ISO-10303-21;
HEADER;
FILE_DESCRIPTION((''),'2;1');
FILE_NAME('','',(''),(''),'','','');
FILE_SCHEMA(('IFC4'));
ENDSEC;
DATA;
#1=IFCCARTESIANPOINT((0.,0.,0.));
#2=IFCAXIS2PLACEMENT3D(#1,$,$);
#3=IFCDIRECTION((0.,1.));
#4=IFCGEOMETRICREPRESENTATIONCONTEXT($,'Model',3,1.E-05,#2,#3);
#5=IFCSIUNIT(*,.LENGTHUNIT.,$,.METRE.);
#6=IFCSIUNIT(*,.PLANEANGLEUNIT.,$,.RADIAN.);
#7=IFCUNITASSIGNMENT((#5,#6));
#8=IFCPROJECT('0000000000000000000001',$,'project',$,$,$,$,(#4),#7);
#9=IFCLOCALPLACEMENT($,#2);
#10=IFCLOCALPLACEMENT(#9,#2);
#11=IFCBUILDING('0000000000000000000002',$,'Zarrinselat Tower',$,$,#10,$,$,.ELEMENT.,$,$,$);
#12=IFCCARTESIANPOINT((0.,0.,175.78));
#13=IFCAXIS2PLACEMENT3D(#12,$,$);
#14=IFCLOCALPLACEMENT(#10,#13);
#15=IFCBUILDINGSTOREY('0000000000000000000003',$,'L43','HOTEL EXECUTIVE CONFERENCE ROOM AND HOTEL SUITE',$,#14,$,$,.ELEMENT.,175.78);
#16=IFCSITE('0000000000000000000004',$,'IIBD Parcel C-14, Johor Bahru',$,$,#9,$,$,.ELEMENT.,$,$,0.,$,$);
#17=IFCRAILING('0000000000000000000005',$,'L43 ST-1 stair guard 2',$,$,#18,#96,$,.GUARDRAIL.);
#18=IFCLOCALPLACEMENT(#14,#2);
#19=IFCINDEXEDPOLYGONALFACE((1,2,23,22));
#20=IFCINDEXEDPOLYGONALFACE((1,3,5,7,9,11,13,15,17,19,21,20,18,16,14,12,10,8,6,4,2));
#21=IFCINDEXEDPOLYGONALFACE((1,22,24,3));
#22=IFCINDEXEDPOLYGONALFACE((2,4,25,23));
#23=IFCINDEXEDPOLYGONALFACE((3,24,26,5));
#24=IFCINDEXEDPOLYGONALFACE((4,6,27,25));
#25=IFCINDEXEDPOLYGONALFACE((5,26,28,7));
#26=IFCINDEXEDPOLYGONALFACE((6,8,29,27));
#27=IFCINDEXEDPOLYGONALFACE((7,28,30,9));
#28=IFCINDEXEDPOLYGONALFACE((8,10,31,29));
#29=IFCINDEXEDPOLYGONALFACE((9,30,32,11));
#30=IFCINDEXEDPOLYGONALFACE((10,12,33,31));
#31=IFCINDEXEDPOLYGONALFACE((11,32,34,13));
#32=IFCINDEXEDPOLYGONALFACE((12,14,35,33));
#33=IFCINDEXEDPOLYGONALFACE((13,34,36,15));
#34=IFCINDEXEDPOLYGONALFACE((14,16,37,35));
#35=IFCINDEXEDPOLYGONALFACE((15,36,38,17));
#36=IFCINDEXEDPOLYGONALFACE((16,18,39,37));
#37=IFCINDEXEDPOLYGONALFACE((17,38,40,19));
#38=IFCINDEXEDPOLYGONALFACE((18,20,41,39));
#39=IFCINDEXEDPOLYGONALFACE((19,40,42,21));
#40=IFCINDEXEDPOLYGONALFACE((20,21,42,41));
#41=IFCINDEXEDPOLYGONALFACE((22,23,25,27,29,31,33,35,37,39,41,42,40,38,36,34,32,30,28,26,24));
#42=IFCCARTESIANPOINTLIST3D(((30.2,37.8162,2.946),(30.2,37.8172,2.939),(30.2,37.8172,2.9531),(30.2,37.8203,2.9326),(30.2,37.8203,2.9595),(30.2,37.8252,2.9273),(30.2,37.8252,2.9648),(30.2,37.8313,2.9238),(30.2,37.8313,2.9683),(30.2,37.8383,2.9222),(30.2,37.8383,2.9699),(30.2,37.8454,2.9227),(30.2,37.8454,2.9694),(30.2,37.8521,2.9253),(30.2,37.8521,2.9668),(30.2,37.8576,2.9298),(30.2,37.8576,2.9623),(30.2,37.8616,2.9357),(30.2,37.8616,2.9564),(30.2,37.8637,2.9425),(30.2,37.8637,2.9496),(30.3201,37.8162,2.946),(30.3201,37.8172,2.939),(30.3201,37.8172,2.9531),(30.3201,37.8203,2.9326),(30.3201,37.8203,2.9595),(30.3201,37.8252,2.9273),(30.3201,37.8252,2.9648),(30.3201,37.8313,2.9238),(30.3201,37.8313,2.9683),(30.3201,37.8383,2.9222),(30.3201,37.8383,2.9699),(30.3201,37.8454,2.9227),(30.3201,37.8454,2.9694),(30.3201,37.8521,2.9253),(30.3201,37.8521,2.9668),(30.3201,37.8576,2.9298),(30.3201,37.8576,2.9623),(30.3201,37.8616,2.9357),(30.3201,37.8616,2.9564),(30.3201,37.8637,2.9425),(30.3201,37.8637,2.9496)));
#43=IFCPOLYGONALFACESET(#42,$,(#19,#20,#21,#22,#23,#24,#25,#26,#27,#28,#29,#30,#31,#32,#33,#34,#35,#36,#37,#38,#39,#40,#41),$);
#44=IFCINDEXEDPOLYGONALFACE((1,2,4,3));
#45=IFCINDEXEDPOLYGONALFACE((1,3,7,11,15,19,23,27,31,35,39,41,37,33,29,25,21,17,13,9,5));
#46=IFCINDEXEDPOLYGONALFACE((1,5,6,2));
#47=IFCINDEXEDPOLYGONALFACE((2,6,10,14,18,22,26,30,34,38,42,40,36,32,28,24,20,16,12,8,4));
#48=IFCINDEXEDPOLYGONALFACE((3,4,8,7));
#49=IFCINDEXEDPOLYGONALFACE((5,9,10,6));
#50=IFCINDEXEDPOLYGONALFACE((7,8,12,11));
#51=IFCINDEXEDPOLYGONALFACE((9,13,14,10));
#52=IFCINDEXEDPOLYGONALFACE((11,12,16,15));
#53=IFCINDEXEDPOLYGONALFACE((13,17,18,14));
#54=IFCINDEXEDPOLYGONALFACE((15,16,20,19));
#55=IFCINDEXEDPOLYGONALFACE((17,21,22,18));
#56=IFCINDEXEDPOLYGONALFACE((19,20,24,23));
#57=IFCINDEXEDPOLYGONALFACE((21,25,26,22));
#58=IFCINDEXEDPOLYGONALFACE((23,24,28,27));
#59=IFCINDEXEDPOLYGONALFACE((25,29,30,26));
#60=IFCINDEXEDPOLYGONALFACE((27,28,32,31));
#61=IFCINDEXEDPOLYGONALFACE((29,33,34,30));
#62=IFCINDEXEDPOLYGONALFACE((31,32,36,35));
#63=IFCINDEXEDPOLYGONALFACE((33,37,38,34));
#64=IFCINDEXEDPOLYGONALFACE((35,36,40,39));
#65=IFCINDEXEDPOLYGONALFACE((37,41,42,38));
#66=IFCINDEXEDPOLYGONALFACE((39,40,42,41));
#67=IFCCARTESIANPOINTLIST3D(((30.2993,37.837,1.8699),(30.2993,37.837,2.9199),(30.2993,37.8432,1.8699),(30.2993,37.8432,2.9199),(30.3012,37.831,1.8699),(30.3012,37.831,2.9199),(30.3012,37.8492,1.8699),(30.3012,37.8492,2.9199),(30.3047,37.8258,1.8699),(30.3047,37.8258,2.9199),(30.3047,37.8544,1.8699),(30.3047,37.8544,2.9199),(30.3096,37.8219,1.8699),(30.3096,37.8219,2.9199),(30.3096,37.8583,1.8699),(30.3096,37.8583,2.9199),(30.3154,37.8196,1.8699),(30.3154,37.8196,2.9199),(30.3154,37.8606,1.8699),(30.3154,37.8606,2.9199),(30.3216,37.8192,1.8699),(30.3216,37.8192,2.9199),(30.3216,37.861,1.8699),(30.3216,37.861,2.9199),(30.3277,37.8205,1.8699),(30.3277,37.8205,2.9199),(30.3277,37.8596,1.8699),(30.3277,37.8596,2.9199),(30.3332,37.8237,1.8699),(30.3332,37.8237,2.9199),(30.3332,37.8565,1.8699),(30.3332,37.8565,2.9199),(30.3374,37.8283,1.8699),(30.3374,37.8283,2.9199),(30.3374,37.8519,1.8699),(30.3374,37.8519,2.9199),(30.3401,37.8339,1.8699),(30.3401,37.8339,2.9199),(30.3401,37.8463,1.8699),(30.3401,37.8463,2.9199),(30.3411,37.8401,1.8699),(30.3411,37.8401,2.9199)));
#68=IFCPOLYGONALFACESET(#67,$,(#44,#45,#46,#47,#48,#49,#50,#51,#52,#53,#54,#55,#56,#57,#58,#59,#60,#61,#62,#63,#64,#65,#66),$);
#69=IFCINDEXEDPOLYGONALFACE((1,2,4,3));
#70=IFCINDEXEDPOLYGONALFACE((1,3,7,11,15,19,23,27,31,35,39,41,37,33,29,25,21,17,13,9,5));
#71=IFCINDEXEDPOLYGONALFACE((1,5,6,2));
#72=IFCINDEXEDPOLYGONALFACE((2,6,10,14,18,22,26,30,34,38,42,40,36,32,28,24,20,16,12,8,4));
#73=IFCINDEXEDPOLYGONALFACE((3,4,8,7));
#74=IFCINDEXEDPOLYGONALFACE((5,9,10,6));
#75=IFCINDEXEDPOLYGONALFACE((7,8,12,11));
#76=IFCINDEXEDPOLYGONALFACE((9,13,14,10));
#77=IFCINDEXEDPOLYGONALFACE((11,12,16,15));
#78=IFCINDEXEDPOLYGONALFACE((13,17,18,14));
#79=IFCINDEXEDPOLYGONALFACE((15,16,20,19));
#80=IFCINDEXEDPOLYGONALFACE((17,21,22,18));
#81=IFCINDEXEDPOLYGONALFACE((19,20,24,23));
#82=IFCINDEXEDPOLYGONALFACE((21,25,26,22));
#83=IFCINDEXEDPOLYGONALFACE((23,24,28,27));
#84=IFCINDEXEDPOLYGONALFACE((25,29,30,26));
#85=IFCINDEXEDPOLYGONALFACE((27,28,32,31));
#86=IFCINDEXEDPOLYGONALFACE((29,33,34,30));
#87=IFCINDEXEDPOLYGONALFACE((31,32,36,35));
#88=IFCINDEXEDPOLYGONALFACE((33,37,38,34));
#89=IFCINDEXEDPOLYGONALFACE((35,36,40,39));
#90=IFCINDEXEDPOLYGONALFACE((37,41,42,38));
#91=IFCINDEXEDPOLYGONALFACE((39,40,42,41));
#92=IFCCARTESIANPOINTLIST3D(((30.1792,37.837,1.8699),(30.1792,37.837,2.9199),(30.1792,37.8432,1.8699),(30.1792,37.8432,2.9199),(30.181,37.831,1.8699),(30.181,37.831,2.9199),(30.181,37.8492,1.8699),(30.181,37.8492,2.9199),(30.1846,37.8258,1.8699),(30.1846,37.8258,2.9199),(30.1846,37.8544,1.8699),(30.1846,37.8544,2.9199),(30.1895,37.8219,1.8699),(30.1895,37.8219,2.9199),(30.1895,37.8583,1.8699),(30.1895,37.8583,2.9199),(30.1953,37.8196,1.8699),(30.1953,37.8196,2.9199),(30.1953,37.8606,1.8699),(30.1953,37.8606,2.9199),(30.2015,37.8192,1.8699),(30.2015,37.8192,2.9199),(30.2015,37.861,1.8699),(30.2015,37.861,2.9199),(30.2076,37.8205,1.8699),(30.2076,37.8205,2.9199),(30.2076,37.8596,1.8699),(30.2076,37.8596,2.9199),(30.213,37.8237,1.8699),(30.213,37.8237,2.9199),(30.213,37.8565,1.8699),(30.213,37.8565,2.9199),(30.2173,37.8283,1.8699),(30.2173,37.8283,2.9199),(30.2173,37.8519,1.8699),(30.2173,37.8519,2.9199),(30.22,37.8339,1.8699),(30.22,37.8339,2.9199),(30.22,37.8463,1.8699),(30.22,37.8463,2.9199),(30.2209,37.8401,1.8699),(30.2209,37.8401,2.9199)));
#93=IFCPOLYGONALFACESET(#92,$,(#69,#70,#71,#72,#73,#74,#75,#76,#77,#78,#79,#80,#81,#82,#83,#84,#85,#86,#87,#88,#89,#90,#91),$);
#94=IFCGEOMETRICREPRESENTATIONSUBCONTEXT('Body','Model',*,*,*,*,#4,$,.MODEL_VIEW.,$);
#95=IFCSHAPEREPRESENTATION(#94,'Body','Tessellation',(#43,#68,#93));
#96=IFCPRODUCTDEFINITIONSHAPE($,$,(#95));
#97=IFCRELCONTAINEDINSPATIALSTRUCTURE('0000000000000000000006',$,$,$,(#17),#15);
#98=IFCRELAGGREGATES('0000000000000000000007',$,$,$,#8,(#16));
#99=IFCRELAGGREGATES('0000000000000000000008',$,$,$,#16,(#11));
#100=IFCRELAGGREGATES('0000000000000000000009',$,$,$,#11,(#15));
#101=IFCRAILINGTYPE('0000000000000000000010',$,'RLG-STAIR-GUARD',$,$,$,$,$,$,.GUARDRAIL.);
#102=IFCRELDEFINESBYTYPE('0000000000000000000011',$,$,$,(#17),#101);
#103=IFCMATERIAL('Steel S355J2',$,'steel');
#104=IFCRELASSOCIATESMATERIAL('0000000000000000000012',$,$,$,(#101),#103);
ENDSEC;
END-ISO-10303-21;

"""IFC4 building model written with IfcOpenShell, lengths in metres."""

from ifc_helpers import new_model, si_unit, direction, frame, origin, origin_2d, place, context, subcontext, project, spatial, circle, extrude, material, type_object, element, save


model = new_model("IFC4")

# Units and contexts
model_context = context("Model", 3, precision=1e-05, world=origin(), true_north=direction((0.0, 1.0)))
body_context = subcontext(model_context, "Body", "Model", "MODEL_VIEW")
ifc_project = project(units=[si_unit("LENGTHUNIT", "METRE"), si_unit("PLANEANGLEUNIT", "RADIAN")], contexts=[model_context])

# Site, building, storey
site_placement = place(None, origin())
site = spatial("IfcSite", under=ifc_project, at=site_placement, Name="IIBD Parcel C-14, Johor Bahru", CompositionType="ELEMENT", RefElevation=0.0)
building_placement = place(site_placement, origin())
building = spatial("IfcBuilding", under=site, at=building_placement, Name="Zarrinselat Tower", CompositionType="ELEMENT")
storey_placement = place(building_placement, frame((0.0, 0.0, 175.78)))
storey = spatial("IfcBuildingStorey", under=building, at=storey_placement, Name="L43", Description="HOTEL EXECUTIVE CONFERENCE ROOM AND HOTEL SUITE", CompositionType="ELEMENT", Elevation=175.78)

# Railing
ifc_material_1 = material(Name="Steel S355J2", Category="steel")
railing_type_1 = type_object("IfcRailingType", Name="RLG-STAIR-GUARD", PredefinedType="GUARDRAIL", material=ifc_material_1)
railing_1_placement = place(storey_placement, frame((30.3201, 37.8401, 1.8699)))
element("IfcRailing", 1, at=railing_1_placement, inside=storey, type_object=railing_type_1, Name="L43 ST-1 stair guard 2", PredefinedType="GUARDRAIL", context=body_context, shape_type="SweptSolid", body=[
    extrude(circle(Radius=0.0239, at=origin_2d()), frame((0.0, 0.0, 1.0762), z_axis=(-1.0, 0.0, 0.0), x_axis=(0.0, -1.0, 0.0)), (0.0, 0.0, 1.0), 0.1201),
    extrude(circle(Radius=0.021, at=origin_2d()), origin(), (0.0, 0.0, 1.0), 1.05),
    extrude(circle(Radius=0.021, at=origin_2d()), frame((-0.1201, 0.0, 0.0)), (0.0, 0.0, 1.0), 1.05),
])

save(model, "model.ifc")
